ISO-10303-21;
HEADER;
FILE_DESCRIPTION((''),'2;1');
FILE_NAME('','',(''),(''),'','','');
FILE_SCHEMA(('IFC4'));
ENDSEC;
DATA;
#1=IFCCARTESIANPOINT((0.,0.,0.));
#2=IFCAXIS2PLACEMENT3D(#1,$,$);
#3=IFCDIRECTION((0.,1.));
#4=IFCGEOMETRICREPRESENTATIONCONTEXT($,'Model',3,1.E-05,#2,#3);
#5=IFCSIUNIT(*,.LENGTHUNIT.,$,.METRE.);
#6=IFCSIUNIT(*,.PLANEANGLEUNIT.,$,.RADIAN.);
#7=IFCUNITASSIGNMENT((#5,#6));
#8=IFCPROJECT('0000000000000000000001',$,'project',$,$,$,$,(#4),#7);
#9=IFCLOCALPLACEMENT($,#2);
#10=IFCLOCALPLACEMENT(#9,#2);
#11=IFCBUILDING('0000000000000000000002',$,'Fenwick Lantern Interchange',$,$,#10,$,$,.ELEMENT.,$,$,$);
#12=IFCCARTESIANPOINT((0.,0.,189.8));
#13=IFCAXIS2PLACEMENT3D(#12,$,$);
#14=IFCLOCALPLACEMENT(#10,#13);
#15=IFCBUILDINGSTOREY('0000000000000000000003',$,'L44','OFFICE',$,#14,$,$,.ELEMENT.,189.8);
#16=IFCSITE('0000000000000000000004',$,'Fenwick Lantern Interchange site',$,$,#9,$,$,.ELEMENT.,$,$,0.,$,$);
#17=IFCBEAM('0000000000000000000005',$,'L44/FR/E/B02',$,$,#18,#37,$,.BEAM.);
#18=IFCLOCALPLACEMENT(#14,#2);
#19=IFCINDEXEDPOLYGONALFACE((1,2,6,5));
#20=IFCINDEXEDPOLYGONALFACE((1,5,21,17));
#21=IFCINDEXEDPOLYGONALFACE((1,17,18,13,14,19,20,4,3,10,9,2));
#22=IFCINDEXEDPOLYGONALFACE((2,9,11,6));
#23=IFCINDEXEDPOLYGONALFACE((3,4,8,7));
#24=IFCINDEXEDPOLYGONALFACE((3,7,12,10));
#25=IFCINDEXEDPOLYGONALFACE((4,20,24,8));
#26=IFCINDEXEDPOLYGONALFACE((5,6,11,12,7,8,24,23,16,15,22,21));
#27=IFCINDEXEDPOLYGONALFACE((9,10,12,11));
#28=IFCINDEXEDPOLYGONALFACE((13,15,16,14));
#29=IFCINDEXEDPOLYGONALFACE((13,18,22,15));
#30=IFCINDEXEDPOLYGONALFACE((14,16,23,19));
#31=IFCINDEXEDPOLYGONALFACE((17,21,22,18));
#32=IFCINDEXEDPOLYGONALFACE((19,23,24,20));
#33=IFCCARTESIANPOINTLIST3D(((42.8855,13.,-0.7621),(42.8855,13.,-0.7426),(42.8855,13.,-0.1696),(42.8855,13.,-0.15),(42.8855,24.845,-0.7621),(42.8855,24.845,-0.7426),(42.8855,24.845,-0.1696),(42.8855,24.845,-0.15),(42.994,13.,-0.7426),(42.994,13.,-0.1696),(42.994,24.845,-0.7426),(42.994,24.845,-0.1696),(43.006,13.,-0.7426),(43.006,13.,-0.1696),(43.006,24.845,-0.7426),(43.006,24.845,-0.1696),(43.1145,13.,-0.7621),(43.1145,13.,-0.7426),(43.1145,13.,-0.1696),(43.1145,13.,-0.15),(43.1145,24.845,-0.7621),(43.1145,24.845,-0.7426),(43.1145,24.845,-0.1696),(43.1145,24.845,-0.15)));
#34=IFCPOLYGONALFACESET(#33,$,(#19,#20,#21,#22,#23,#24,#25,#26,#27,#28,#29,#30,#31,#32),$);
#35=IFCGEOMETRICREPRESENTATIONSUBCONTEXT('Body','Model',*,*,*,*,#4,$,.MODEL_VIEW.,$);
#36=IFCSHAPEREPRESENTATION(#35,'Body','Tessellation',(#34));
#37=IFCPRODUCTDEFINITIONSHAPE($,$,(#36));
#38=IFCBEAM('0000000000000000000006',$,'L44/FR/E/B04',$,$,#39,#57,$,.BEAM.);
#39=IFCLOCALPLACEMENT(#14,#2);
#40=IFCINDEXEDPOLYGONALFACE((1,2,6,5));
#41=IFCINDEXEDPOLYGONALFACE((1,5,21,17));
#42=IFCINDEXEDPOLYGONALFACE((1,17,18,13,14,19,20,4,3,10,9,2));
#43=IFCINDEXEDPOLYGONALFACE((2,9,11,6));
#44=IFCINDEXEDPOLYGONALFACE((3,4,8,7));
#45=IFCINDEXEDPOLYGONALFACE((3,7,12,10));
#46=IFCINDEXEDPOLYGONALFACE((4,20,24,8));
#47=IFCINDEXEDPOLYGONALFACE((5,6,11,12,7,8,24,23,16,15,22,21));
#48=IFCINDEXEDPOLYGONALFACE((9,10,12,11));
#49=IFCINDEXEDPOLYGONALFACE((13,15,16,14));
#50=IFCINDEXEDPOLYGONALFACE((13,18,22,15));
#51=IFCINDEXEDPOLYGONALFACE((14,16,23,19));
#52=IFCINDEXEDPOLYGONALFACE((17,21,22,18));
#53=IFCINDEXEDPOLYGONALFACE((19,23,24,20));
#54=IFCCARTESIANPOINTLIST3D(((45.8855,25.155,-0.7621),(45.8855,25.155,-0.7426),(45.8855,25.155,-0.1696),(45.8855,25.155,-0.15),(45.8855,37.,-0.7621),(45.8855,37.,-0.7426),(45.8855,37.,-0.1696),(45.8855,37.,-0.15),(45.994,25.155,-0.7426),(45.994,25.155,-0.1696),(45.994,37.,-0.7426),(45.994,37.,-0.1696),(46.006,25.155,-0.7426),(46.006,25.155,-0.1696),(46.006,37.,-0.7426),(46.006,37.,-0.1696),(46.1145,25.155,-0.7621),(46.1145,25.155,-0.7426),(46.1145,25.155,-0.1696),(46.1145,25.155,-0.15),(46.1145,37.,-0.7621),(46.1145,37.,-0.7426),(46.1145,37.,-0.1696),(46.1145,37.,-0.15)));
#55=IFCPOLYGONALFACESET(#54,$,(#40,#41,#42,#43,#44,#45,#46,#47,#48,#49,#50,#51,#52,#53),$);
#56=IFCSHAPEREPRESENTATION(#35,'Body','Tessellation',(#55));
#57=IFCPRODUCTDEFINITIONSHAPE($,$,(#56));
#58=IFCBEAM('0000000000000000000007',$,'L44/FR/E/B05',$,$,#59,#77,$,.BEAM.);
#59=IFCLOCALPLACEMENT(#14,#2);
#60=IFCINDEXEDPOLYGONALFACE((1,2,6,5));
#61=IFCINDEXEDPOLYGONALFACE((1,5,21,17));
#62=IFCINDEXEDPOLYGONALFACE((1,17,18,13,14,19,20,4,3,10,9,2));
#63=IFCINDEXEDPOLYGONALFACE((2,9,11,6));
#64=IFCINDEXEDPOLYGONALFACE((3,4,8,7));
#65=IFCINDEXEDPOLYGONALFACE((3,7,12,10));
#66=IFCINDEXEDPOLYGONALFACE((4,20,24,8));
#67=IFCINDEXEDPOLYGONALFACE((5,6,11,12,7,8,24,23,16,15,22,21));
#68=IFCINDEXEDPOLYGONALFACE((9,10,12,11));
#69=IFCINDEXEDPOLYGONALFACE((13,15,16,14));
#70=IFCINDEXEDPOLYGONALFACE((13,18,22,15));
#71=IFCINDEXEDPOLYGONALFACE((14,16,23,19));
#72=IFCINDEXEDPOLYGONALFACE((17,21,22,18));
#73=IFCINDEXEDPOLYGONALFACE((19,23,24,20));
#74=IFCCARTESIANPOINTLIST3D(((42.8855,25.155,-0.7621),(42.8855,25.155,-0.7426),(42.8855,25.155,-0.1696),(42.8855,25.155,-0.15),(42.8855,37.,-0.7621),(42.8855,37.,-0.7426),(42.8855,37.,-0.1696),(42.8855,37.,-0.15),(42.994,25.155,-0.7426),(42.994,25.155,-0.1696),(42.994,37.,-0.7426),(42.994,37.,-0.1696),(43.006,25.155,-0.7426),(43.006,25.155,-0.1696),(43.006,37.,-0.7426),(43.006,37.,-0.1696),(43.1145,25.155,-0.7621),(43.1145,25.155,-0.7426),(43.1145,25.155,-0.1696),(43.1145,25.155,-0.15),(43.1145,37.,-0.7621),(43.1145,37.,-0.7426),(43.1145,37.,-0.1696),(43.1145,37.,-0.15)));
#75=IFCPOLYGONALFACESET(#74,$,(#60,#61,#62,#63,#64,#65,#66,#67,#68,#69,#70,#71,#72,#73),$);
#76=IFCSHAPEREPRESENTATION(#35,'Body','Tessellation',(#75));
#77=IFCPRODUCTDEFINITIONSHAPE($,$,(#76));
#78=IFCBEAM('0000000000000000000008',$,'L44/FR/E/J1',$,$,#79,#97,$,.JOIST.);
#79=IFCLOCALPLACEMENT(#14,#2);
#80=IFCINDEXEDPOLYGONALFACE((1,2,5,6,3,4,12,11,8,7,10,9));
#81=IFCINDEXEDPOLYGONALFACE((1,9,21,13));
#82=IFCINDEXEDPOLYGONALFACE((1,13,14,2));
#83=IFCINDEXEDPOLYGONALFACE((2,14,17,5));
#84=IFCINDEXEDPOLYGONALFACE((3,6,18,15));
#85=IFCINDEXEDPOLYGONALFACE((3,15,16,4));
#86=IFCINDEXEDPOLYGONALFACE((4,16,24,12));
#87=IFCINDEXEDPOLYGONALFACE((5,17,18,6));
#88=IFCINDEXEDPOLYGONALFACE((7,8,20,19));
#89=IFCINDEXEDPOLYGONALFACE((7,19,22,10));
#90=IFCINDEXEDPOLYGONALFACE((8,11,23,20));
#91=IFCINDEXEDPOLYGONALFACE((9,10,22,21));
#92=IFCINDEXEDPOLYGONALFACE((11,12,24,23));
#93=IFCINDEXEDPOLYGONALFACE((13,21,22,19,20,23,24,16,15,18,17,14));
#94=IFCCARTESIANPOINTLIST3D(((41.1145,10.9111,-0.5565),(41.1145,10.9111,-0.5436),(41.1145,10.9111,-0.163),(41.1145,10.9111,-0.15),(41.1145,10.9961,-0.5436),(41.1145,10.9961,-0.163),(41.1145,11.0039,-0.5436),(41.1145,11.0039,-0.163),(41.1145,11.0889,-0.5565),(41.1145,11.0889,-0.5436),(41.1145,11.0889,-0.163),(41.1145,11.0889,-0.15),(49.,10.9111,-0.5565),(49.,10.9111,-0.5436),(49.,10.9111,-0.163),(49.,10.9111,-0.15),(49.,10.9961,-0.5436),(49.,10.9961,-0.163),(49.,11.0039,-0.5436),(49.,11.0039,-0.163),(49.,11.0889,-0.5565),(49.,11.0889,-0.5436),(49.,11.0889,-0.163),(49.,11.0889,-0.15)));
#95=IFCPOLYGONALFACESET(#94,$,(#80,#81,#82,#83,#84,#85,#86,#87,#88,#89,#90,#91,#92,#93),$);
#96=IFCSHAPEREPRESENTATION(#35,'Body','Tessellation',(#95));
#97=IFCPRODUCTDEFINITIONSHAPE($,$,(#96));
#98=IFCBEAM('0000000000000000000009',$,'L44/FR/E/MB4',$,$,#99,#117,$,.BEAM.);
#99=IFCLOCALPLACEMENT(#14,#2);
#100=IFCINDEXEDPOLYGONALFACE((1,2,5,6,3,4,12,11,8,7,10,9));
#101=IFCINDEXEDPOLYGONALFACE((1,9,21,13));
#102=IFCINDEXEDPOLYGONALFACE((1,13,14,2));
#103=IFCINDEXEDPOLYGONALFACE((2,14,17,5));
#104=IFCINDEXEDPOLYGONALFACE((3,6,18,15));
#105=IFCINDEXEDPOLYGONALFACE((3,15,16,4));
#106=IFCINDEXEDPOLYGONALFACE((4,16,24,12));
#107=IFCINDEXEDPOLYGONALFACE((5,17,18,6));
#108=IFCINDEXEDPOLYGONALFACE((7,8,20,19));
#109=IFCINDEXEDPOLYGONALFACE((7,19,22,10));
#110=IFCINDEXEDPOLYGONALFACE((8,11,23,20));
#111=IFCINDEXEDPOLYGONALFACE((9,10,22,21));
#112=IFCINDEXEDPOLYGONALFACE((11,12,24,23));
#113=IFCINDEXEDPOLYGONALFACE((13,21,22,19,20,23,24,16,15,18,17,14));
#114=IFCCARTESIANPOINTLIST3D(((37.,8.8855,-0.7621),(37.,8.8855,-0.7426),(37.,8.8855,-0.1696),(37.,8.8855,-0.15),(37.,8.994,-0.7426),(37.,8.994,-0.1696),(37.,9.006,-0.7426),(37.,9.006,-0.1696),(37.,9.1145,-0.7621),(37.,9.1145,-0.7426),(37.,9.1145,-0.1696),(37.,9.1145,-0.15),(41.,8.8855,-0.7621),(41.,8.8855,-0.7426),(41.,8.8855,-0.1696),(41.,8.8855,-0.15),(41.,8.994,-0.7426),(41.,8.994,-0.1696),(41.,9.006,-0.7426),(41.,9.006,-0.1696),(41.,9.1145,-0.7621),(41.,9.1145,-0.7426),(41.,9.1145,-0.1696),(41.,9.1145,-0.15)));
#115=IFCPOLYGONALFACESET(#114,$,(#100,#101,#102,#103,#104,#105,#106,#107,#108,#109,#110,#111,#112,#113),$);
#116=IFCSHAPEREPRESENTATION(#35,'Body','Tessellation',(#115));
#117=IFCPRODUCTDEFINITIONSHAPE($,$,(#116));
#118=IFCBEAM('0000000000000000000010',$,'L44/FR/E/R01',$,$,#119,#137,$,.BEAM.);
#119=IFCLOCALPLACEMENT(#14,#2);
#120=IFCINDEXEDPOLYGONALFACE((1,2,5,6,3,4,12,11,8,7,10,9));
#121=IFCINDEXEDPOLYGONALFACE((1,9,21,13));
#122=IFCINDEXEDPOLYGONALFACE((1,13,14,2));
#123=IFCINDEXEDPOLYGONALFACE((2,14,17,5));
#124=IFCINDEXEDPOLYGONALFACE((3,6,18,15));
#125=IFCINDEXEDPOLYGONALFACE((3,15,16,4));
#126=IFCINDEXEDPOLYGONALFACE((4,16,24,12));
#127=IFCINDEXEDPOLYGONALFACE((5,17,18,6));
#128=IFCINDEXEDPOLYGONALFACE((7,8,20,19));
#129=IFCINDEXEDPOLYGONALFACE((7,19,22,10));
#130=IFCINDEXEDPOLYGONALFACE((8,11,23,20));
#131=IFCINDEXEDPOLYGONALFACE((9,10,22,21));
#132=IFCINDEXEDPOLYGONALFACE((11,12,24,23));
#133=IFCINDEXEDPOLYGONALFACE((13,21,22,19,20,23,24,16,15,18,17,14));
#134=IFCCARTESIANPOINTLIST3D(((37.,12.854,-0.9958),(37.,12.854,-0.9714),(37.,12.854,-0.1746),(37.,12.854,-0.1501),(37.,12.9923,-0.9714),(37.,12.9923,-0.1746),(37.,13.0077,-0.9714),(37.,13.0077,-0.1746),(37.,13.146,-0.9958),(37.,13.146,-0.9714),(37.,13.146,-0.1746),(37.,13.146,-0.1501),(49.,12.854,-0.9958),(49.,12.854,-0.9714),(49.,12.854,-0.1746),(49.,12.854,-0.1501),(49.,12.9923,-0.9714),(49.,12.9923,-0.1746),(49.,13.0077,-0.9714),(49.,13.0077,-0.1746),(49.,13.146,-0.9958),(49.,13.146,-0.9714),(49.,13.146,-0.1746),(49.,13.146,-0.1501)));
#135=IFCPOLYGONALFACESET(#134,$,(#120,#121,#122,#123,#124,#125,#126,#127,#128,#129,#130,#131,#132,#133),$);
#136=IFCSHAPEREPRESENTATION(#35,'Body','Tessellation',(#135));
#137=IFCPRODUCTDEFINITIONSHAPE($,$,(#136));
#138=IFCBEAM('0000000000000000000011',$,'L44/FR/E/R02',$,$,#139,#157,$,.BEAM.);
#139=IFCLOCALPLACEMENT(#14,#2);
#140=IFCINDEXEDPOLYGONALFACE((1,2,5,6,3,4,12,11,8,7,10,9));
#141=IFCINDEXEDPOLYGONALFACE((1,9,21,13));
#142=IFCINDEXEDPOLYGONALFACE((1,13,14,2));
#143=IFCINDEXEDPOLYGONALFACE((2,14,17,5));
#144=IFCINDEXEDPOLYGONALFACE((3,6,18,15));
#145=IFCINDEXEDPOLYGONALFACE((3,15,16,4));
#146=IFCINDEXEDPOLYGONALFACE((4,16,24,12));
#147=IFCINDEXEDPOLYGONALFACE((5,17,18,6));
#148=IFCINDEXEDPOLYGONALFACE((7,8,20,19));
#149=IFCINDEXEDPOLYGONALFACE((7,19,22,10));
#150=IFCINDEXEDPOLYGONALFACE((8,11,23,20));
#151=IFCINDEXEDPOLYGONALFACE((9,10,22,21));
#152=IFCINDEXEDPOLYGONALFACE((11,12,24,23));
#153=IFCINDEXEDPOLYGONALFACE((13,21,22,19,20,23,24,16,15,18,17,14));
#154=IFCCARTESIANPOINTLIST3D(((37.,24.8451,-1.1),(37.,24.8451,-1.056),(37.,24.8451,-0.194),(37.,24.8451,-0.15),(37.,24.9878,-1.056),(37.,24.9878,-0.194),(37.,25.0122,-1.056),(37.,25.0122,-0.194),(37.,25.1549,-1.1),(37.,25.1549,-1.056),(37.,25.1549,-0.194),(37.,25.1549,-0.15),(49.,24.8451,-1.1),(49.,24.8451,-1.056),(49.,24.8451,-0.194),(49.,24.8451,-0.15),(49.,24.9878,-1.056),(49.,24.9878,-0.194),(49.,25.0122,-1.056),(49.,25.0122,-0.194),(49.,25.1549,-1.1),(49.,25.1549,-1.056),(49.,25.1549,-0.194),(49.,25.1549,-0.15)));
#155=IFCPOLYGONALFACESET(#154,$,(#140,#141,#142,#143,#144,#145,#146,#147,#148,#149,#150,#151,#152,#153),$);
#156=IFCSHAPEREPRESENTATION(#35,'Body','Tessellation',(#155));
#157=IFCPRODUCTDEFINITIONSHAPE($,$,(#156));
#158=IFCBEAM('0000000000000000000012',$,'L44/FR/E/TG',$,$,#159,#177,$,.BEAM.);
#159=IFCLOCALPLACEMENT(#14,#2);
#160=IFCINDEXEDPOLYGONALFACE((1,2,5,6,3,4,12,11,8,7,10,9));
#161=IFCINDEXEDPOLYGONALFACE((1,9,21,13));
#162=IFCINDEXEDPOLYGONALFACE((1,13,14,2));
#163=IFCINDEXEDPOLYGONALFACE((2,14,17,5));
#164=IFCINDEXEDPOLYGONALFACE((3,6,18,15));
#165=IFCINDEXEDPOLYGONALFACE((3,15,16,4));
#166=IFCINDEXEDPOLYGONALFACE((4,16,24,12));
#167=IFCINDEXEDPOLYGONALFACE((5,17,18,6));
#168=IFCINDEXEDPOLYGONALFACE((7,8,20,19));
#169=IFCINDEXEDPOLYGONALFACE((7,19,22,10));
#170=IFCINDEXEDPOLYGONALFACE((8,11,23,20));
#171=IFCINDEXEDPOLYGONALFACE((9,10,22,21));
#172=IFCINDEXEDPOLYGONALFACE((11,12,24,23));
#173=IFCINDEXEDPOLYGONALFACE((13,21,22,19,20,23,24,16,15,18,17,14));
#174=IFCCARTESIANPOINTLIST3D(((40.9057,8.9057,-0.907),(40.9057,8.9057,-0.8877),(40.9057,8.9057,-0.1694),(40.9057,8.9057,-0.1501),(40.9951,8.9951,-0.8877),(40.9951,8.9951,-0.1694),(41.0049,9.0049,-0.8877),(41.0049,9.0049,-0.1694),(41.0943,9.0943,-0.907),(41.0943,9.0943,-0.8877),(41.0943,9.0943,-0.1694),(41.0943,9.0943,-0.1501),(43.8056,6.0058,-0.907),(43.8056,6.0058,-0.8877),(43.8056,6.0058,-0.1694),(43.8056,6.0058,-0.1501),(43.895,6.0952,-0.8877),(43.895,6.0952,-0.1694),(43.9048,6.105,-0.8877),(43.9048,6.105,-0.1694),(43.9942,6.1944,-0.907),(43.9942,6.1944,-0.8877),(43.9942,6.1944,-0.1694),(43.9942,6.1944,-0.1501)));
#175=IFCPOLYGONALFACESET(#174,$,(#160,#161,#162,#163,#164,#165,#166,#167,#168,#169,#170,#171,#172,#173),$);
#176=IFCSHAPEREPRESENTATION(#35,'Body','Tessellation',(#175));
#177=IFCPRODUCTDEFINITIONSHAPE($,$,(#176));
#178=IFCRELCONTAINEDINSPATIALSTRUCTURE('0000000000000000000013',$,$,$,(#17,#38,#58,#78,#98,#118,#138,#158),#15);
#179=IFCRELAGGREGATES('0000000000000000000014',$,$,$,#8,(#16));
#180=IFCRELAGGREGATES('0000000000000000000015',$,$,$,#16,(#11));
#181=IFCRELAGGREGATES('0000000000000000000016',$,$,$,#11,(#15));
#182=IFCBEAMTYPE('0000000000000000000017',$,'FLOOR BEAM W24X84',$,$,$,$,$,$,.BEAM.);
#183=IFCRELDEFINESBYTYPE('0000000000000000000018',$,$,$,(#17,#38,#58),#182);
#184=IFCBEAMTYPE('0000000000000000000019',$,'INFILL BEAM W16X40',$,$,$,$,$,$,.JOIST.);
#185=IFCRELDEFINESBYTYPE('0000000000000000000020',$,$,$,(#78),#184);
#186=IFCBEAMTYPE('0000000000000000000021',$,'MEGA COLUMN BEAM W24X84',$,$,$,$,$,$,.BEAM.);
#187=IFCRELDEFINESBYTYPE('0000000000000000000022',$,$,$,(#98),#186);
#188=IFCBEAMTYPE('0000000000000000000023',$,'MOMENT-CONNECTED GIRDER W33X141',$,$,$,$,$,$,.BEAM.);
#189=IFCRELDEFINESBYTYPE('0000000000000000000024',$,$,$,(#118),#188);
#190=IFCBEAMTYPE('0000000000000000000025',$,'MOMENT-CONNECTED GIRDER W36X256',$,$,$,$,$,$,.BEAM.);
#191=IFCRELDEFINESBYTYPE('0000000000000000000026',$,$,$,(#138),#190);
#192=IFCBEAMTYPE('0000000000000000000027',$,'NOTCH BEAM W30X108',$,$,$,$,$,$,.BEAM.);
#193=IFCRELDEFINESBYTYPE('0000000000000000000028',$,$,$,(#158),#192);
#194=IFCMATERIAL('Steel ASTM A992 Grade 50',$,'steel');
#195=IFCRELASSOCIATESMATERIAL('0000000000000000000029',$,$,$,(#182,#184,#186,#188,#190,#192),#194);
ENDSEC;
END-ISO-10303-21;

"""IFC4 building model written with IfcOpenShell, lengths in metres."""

from ifc_helpers import new_model, si_unit, direction, frame, origin, origin_2d, place, context, subcontext, project, spatial, i_section, extrude, material, material_profile, profile_set, type_object, element, save


model = new_model("IFC4")

# Units and contexts
model_context = context("Model", 3, precision=1e-05, world=origin(), true_north=direction((0.0, 1.0)))
body_context = subcontext(model_context, "Body", "Model", "MODEL_VIEW")
ifc_project = project(units=[si_unit("LENGTHUNIT", "METRE"), si_unit("PLANEANGLEUNIT", "RADIAN")], contexts=[model_context])

# Site, building, storey
site_placement = place(None, origin())
site = spatial("IfcSite", under=ifc_project, at=site_placement, Name="Fenwick Lantern Interchange site", CompositionType="ELEMENT", RefElevation=0.0)
building_placement = place(site_placement, origin())
building = spatial("IfcBuilding", under=site, at=building_placement, Name="Fenwick Lantern Interchange", CompositionType="ELEMENT")
storey_placement = place(building_placement, frame((0.0, 0.0, 189.8)))
storey = spatial("IfcBuildingStorey", under=building, at=storey_placement, Name="L44", Description="OFFICE", CompositionType="ELEMENT", Elevation=189.8)

# Shared definitions
ifc_material_1 = material(Name="Steel ASTM A992 Grade 50", Category="steel")

# Beams
ifc_material_profile_1 = material_profile(ifc_material_1, i_section(OverallWidth=0.229, OverallDepth=0.6121, WebThickness=0.012, FlangeThickness=0.0195, at=origin_2d()), Name="W24X84")
ifc_profile_set_1 = profile_set([ifc_material_profile_1], Name="Steel ASTM A992 Grade 50")
beam_type_1 = type_object("IfcBeamType", Name="FLOOR BEAM W24X84", PredefinedType="BEAM", material=ifc_profile_set_1)
for number, where, z_axis, x_axis, name in (
    (1, (43.0, 13.0, -0.4561), (0.0, 1.0, 0.0), (-1.0, 0.0, 0.0), "L44/FR/E/B02"),
    (2, (46.0, 25.155, -0.4561), (0.0, 1.0, 0.0), (-1.0, 0.0, 0.0), "L44/FR/E/B04"),
    (3, (43.0, 25.155, -0.4561), (0.0, 1.0, 0.0), (-1.0, 0.0, 0.0), "L44/FR/E/B05"),
):
    element("IfcBeam", number, at=place(storey_placement, frame(where, z_axis=z_axis, x_axis=x_axis)), inside=storey, type_object=beam_type_1, Name=name, PredefinedType="BEAM", context=body_context, shape_type="SweptSolid", body=[
        extrude(i_section(OverallWidth=0.229, OverallDepth=0.6121, WebThickness=0.012, FlangeThickness=0.0195, at=origin_2d()), origin(), (0.0, 0.0, 1.0), 11.845),
    ])
ifc_material_profile_2 = material_profile(ifc_material_1, i_section(OverallWidth=0.1777, OverallDepth=0.4065, WebThickness=0.0078, FlangeThickness=0.0129, at=origin_2d()), Name="W16X40")
ifc_profile_set_2 = profile_set([ifc_material_profile_2], Name="Steel ASTM A992 Grade 50")
beam_type_2 = type_object("IfcBeamType", Name="INFILL BEAM W16X40", PredefinedType="JOIST", material=ifc_profile_set_2)
beam_1_placement = place(storey_placement, frame((49.0, 11.0, -0.3533), z_axis=(-1.0, 0.0, 0.0), x_axis=(0.0, -1.0, 0.0)))
element("IfcBeam", 4, at=beam_1_placement, inside=storey, type_object=beam_type_2, Name="L44/FR/E/J1", PredefinedType="JOIST", context=body_context, shape_type="SweptSolid", body=[
    extrude(i_section(OverallWidth=0.1777, OverallDepth=0.4065, WebThickness=0.0078, FlangeThickness=0.0129, at=origin_2d()), origin(), (0.0, 0.0, 1.0), 7.8855),
])
ifc_material_profile_3 = material_profile(ifc_material_1, i_section(OverallWidth=0.229, OverallDepth=0.6121, WebThickness=0.012, FlangeThickness=0.0195, at=origin_2d()), Name="W24X84")
ifc_profile_set_3 = profile_set([ifc_material_profile_3], Name="Steel ASTM A992 Grade 50")
beam_type_3 = type_object("IfcBeamType", Name="MEGA COLUMN BEAM W24X84", PredefinedType="BEAM", material=ifc_profile_set_3)
beam_2_placement = place(storey_placement, frame((41.0, 9.0, -0.4561), z_axis=(-1.0, 0.0, 0.0), x_axis=(0.0, -1.0, 0.0)))
element("IfcBeam", 5, at=beam_2_placement, inside=storey, type_object=beam_type_3, Name="L44/FR/E/MB4", PredefinedType="BEAM", context=body_context, shape_type="SweptSolid", body=[
    extrude(i_section(OverallWidth=0.229, OverallDepth=0.6121, WebThickness=0.012, FlangeThickness=0.0195, at=origin_2d()), origin(), (0.0, 0.0, 1.0), 4.0),
])
ifc_material_profile_4 = material_profile(ifc_material_1, i_section(OverallWidth=0.292, OverallDepth=0.8457, WebThickness=0.0154, FlangeThickness=0.0244, at=origin_2d()), Name="W33X141")
ifc_profile_set_4 = profile_set([ifc_material_profile_4], Name="Steel ASTM A992 Grade 50")
beam_type_4 = type_object("IfcBeamType", Name="MOMENT-CONNECTED GIRDER W33X141", PredefinedType="BEAM", material=ifc_profile_set_4)
beam_3_placement = place(storey_placement, frame((49.0, 13.0, -0.573), z_axis=(-1.0, 0.0, 0.0), x_axis=(0.0, -1.0, 0.0)))
element("IfcBeam", 6, at=beam_3_placement, inside=storey, type_object=beam_type_4, Name="L44/FR/E/R01", PredefinedType="BEAM", context=body_context, shape_type="SweptSolid", body=[
    extrude(i_section(OverallWidth=0.292, OverallDepth=0.8457, WebThickness=0.0154, FlangeThickness=0.0244, at=origin_2d()), origin(), (0.0, 0.0, 1.0), 12.0),
])
ifc_material_profile_5 = material_profile(ifc_material_1, i_section(OverallWidth=0.3098, OverallDepth=0.95, WebThickness=0.0244, FlangeThickness=0.0439, at=origin_2d()), Name="W36X256")
ifc_profile_set_5 = profile_set([ifc_material_profile_5], Name="Steel ASTM A992 Grade 50")
beam_type_5 = type_object("IfcBeamType", Name="MOMENT-CONNECTED GIRDER W36X256", PredefinedType="BEAM", material=ifc_profile_set_5)
beam_4_placement = place(storey_placement, frame((49.0, 25.0, -0.625), z_axis=(-1.0, 0.0, 0.0), x_axis=(0.0, -1.0, 0.0)))
element("IfcBeam", 7, at=beam_4_placement, inside=storey, type_object=beam_type_5, Name="L44/FR/E/R02", PredefinedType="BEAM", context=body_context, shape_type="SweptSolid", body=[
    extrude(i_section(OverallWidth=0.3098, OverallDepth=0.95, WebThickness=0.0244, FlangeThickness=0.0439, at=origin_2d()), origin(), (0.0, 0.0, 1.0), 12.0),
])
ifc_material_profile_6 = material_profile(ifc_material_1, i_section(OverallWidth=0.2666, OverallDepth=0.7568, WebThickness=0.0139, FlangeThickness=0.0193, at=origin_2d()), Name="W30X108")
ifc_profile_set_6 = profile_set([ifc_material_profile_6], Name="Steel ASTM A992 Grade 50")
beam_type_6 = type_object("IfcBeamType", Name="NOTCH BEAM W30X108", PredefinedType="BEAM", material=ifc_profile_set_6)
beam_5_placement = place(storey_placement, frame((41.0, 9.0, -0.5286), z_axis=(0.707107, -0.707107, 0.0), x_axis=(0.707107, 0.707107, 0.0)))
element("IfcBeam", 8, at=beam_5_placement, inside=storey, type_object=beam_type_6, Name="L44/FR/E/TG", PredefinedType="BEAM", context=body_context, shape_type="SweptSolid", body=[
    extrude(i_section(OverallWidth=0.2666, OverallDepth=0.7568, WebThickness=0.0139, FlangeThickness=0.0193, at=origin_2d()), origin(), (0.0, 0.0, 1.0), 4.1011),
])

save(model, "model.ifc")
